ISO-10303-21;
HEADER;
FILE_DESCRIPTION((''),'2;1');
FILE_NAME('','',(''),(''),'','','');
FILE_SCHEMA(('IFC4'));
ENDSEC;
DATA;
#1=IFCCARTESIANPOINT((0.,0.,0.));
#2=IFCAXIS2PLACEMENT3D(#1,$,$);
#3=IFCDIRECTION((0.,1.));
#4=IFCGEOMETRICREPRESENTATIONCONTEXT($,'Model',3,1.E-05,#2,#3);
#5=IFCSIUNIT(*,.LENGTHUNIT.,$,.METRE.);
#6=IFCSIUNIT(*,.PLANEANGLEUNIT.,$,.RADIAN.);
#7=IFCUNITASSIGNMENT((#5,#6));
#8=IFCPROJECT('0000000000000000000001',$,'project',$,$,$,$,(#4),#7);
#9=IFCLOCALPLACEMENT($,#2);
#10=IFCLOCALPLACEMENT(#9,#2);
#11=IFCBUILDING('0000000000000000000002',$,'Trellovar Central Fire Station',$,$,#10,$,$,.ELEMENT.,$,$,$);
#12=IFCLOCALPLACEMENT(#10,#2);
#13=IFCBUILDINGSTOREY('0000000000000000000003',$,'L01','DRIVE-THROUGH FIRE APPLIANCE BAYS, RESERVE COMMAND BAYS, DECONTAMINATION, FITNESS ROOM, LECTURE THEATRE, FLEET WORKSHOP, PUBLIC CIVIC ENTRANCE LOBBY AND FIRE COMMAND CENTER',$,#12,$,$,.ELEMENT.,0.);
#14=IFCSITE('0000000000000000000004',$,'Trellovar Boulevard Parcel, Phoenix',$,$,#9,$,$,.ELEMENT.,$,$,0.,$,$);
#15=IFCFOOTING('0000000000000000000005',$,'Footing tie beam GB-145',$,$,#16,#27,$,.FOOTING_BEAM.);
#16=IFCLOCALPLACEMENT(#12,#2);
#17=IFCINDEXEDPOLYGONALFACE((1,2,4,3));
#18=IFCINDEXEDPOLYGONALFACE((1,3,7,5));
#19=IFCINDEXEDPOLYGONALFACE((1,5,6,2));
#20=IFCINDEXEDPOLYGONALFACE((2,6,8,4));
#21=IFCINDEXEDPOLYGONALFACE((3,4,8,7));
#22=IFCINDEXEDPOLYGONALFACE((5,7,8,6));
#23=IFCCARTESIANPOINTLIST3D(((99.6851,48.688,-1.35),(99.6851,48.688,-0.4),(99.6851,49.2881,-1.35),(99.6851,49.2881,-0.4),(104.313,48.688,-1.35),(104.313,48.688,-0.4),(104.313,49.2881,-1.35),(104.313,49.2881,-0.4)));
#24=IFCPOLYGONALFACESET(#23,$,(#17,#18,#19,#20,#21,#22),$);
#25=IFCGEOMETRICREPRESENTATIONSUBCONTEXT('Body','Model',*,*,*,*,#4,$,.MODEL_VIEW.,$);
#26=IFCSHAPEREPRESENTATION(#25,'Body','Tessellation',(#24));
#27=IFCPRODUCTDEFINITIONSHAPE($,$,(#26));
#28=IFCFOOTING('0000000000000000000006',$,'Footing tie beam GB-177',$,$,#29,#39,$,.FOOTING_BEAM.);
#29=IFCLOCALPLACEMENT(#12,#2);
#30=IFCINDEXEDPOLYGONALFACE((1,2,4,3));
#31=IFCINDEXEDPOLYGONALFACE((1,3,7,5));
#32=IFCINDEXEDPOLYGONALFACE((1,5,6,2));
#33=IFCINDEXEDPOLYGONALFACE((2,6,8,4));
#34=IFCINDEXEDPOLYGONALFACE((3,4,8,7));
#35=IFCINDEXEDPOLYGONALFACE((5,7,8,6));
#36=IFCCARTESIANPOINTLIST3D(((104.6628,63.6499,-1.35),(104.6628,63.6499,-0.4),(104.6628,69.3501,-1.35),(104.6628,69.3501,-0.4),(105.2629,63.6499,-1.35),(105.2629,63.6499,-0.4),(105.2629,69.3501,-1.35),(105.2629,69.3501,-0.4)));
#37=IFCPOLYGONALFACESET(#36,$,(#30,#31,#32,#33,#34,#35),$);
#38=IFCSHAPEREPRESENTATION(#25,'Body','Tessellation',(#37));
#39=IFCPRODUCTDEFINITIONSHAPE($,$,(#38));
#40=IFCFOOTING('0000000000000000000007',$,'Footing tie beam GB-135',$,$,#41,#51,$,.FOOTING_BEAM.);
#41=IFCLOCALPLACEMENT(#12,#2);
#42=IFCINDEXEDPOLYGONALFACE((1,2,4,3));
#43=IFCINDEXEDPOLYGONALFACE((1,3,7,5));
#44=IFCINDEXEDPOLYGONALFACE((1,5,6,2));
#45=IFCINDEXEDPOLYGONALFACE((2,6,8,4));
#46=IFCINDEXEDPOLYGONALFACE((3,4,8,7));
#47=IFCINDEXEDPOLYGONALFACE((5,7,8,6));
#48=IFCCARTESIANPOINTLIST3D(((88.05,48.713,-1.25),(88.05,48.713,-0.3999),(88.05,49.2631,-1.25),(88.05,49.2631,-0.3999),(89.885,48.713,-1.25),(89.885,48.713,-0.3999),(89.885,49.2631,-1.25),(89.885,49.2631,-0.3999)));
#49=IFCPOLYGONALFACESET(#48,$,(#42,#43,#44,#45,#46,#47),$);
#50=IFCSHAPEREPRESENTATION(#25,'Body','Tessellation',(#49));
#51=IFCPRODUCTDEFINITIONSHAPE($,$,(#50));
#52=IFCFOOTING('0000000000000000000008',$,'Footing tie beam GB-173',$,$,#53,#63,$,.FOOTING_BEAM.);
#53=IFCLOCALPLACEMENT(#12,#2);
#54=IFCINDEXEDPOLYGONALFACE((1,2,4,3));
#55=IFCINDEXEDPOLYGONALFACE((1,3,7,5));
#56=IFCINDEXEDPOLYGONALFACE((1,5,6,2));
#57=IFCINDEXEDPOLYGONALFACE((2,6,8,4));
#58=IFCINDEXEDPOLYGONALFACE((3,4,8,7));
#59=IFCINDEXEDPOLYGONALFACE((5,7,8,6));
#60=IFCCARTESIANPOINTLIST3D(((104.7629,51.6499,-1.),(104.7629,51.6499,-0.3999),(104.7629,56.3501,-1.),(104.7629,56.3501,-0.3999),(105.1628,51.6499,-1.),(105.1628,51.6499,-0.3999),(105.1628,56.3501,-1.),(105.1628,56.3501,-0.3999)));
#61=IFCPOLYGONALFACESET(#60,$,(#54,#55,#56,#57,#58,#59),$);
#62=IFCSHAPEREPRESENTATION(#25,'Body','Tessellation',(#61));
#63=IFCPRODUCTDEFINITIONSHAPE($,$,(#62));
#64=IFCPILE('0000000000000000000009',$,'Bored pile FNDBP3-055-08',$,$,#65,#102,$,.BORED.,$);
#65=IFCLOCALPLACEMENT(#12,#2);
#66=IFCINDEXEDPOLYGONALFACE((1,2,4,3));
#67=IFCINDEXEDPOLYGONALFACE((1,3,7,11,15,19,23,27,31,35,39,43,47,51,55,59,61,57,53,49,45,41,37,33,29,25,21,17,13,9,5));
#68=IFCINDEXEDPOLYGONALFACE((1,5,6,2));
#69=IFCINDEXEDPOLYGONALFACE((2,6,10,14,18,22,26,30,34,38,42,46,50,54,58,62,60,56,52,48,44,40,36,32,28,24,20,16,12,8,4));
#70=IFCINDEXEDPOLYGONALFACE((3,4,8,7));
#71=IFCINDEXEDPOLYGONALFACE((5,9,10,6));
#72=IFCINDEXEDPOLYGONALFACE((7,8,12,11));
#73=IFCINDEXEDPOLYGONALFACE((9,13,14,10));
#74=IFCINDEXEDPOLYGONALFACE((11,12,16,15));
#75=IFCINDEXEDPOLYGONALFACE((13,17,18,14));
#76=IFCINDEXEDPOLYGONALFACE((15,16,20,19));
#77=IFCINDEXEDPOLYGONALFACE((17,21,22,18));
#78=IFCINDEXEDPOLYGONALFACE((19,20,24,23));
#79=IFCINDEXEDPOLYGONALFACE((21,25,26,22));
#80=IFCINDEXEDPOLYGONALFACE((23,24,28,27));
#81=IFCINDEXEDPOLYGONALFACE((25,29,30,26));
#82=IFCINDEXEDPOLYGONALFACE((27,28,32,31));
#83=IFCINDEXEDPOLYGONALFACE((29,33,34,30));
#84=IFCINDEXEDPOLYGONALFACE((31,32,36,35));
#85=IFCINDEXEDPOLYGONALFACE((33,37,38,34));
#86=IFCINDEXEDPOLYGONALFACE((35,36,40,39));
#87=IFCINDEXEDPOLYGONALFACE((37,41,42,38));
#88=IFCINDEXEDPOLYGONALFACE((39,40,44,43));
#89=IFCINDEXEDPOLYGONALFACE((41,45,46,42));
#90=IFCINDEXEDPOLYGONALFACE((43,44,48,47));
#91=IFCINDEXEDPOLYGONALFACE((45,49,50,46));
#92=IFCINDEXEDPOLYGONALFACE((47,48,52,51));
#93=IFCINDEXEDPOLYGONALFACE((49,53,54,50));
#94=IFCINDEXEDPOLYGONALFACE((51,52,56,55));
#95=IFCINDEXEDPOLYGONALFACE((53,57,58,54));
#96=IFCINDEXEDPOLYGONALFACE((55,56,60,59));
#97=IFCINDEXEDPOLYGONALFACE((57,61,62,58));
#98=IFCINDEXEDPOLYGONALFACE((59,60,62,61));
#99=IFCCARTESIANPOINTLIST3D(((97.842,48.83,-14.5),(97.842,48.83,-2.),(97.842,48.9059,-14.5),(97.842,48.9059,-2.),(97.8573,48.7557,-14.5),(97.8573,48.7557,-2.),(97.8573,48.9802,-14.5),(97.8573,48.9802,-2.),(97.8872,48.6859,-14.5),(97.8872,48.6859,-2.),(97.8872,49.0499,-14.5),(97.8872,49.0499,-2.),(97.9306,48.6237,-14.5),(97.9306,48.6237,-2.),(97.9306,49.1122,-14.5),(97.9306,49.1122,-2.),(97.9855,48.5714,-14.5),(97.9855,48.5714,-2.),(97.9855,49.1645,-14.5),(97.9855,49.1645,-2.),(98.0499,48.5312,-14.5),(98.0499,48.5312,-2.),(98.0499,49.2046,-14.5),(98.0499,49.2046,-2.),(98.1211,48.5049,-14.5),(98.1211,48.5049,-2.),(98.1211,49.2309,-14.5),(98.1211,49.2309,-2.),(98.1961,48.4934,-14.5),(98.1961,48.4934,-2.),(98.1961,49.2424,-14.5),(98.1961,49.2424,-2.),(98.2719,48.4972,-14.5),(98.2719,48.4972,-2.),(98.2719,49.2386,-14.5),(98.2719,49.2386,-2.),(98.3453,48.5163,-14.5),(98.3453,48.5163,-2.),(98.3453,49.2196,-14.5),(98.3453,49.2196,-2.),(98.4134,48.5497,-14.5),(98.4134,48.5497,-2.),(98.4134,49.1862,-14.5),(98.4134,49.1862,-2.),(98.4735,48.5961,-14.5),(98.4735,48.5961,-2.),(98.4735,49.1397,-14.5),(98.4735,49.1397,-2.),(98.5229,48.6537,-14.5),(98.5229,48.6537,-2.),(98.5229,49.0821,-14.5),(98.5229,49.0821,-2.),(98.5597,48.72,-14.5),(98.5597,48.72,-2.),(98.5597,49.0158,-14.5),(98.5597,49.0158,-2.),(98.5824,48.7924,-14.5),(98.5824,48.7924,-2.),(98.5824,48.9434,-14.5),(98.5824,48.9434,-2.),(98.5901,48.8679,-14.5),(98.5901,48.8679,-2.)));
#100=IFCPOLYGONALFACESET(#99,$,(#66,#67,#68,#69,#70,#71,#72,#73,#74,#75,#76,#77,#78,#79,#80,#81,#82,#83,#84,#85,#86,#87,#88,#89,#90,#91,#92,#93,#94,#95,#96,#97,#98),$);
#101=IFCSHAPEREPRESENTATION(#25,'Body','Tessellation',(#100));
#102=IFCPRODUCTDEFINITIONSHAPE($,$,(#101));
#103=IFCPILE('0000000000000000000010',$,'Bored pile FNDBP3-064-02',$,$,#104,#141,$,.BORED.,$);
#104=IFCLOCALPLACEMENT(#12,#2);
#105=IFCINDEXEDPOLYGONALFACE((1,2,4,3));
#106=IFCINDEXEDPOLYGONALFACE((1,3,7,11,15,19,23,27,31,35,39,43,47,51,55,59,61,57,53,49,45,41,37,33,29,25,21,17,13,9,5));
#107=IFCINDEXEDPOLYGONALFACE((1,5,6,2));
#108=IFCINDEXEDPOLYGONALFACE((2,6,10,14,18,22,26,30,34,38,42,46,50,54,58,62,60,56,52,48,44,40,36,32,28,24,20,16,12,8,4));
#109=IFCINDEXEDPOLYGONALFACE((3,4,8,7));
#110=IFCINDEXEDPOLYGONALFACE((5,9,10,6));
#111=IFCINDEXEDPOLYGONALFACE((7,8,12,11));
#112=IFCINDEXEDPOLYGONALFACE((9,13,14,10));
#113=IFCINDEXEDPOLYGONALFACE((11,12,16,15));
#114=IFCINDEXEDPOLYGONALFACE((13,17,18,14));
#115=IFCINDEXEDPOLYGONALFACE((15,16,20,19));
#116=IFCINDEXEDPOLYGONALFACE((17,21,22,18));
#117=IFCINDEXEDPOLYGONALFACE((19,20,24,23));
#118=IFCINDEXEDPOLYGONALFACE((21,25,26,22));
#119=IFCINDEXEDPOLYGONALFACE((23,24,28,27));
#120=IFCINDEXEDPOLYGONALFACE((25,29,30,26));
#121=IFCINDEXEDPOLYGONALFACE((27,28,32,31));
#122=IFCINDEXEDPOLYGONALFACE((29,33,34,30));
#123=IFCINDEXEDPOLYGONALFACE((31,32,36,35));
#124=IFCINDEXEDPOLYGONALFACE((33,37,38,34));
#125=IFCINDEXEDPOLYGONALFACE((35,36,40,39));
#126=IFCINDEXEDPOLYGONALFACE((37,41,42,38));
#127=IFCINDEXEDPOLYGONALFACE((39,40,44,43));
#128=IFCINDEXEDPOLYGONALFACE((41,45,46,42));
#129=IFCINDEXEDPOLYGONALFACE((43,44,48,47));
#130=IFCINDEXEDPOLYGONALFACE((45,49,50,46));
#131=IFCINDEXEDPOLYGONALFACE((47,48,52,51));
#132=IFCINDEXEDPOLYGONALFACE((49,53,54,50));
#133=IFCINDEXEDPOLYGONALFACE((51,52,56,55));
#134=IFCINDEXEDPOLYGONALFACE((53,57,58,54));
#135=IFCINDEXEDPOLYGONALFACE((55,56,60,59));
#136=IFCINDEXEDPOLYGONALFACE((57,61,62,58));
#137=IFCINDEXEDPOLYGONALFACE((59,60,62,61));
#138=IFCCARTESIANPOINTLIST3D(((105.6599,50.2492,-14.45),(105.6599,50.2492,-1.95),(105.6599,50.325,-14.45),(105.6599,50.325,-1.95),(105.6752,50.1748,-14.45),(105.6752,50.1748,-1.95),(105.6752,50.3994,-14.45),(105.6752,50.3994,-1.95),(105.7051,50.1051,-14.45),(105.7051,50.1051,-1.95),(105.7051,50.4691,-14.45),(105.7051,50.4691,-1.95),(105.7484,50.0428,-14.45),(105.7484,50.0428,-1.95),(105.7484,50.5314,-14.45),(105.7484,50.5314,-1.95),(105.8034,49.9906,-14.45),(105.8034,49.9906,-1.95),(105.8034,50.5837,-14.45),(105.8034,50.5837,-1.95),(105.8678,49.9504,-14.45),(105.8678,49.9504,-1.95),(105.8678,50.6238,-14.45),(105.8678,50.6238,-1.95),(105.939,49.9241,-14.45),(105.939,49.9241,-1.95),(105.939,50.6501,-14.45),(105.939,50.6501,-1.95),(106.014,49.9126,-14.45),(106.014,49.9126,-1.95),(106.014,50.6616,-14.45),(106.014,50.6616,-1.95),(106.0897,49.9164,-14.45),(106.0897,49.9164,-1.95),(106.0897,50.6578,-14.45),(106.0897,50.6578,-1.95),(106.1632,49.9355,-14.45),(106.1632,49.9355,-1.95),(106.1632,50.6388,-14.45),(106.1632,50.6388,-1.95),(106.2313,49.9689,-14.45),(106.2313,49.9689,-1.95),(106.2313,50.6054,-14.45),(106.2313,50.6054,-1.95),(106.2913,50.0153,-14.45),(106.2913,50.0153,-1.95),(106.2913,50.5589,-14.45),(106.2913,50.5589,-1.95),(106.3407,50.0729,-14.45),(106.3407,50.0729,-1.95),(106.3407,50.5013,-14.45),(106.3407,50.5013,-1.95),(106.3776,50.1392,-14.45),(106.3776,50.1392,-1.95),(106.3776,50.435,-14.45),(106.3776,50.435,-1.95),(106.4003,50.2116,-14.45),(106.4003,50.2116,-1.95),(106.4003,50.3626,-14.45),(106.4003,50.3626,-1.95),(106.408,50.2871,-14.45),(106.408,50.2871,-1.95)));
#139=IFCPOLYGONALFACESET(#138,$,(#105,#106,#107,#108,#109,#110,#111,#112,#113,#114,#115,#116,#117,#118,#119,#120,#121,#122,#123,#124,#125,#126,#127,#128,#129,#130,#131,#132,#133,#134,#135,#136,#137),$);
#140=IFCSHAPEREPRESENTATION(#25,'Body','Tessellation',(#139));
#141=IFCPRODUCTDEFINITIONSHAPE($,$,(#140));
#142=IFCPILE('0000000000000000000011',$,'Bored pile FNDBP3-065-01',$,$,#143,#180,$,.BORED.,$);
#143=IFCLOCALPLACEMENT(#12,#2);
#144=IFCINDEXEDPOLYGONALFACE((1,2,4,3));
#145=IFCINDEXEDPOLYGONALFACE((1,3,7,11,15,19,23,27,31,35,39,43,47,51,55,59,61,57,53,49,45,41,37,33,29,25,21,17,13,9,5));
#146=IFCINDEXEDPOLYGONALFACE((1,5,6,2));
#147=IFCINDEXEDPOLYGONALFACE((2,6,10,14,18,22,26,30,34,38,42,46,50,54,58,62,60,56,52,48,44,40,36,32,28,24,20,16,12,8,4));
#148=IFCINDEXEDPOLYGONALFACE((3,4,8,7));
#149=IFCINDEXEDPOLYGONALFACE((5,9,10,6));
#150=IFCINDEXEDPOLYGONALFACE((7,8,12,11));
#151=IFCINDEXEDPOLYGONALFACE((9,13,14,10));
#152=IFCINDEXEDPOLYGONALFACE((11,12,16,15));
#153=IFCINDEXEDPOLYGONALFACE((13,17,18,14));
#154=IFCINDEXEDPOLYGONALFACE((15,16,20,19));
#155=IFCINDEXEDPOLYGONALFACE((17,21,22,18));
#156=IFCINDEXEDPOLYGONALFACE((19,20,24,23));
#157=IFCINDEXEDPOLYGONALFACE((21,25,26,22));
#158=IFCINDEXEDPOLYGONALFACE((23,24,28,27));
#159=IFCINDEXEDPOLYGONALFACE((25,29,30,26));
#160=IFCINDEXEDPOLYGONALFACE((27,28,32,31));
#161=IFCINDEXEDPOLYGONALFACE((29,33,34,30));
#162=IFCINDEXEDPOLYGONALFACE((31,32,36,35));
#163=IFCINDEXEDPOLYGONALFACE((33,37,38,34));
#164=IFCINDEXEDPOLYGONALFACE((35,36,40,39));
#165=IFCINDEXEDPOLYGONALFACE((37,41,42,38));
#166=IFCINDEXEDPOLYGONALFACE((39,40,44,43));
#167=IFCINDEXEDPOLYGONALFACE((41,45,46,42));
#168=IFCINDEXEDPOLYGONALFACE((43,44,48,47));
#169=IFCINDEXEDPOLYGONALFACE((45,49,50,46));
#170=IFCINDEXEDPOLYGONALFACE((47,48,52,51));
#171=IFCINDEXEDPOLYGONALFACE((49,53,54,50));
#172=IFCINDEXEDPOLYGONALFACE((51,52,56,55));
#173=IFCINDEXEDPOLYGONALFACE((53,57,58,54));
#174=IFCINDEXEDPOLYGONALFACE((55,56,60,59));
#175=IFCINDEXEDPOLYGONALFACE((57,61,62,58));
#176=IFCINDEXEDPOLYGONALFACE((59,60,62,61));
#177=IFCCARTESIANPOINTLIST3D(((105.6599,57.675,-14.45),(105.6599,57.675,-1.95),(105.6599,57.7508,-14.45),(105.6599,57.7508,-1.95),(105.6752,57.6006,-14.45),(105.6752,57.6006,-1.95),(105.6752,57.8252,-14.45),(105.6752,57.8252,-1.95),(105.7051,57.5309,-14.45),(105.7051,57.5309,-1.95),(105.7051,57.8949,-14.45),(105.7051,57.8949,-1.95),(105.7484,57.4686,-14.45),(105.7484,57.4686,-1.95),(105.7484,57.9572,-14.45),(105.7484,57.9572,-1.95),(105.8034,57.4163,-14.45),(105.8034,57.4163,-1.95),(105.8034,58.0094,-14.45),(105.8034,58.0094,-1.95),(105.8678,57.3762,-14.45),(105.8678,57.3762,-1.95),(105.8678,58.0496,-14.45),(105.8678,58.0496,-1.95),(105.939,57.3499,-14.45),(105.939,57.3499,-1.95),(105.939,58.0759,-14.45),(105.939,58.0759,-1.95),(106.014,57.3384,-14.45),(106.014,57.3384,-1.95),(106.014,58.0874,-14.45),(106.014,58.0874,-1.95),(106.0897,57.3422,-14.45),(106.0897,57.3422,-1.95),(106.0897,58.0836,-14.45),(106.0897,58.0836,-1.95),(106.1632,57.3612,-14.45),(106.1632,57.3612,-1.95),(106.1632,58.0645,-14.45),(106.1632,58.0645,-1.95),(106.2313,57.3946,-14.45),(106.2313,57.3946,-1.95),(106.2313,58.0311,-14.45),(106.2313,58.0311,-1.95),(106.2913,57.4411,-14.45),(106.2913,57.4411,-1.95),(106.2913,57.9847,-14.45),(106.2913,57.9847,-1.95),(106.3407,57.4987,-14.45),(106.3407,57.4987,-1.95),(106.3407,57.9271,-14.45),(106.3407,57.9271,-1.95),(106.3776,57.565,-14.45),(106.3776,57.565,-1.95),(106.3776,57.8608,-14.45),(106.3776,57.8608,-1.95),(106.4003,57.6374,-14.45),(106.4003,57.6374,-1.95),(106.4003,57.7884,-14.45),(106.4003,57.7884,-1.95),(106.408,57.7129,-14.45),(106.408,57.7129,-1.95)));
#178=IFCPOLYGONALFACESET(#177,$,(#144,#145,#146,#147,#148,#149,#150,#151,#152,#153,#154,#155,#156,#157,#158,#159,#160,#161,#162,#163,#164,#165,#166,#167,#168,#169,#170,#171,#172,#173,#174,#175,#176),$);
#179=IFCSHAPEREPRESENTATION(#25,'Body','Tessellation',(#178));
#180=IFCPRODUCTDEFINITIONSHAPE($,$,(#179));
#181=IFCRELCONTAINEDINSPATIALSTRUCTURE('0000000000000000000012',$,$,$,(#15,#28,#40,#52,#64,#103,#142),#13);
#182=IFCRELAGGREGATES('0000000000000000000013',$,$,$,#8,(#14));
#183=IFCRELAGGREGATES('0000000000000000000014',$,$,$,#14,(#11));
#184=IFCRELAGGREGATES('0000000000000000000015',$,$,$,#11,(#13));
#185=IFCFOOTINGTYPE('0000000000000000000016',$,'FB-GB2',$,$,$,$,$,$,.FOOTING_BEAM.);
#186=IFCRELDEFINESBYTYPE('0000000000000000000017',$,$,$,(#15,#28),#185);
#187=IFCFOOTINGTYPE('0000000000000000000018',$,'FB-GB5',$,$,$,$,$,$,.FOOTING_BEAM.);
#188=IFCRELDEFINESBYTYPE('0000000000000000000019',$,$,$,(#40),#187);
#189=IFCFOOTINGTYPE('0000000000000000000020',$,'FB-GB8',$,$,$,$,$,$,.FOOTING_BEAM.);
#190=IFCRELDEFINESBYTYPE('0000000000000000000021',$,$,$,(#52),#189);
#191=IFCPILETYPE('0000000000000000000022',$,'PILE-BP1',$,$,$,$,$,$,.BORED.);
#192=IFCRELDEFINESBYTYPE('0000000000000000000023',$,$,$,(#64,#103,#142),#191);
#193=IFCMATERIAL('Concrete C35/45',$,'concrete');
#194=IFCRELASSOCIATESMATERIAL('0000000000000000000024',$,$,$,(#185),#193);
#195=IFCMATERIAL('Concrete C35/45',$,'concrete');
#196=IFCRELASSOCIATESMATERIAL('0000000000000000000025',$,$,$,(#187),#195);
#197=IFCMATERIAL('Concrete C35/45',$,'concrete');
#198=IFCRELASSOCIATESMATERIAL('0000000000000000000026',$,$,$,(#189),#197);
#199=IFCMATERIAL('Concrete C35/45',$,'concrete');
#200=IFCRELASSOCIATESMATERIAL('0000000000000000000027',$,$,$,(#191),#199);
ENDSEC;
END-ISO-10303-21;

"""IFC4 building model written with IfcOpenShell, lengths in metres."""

from ifc_helpers import new_model, si_unit, direction, frame, origin, origin_2d, place, context, subcontext, project, spatial, rectangle, circle, extrude, material, material_profile, profile_set, type_object, element, save


model = new_model("IFC4")

# Units and contexts
model_context = context("Model", 3, precision=1e-05, world=origin(), true_north=direction((0.0, 1.0)))
body_context = subcontext(model_context, "Body", "Model", "MODEL_VIEW")
ifc_project = project(units=[si_unit("LENGTHUNIT", "METRE"), si_unit("PLANEANGLEUNIT", "RADIAN")], contexts=[model_context])

# Site, building, storey
site_placement = place(None, origin())
site = spatial("IfcSite", under=ifc_project, at=site_placement, Name="Trellovar Boulevard Parcel, Phoenix", CompositionType="ELEMENT", RefElevation=0.0)
building_placement = place(site_placement, origin())
building = spatial("IfcBuilding", under=site, at=building_placement, Name="Trellovar Central Fire Station", CompositionType="ELEMENT")
storey_placement = place(building_placement, origin())
storey = spatial("IfcBuildingStorey", under=building, at=storey_placement, Name="L01", Description="DRIVE-THROUGH FIRE APPLIANCE BAYS, RESERVE COMMAND BAYS, DECONTAMINATION, FITNESS ROOM, LECTURE THEATRE, FLEET WORKSHOP, PUBLIC CIVIC ENTRANCE LOBBY AND FIRE COMMAND CENTER", CompositionType="ELEMENT", Elevation=0.0)

# Footings
ifc_material_1 = material(Name="Concrete C35/45", Category="concrete")
ifc_material_profile_1 = material_profile(ifc_material_1, rectangle(XDim=0.6001, YDim=0.95, at=origin_2d()), Name="RC600X950")
ifc_profile_set_1 = profile_set([ifc_material_profile_1], Name="Concrete C35/45")
footing_type_1 = type_object("IfcFootingType", Name="FB-GB2", PredefinedType="FOOTING_BEAM", material=ifc_profile_set_1)
footing_1_placement = place(storey_placement, frame((99.6851, 48.988, -0.875), z_axis=(1.0, 0.0, 0.0), x_axis=(0.0, 1.0, 0.0)))
element("IfcFooting", 1, at=footing_1_placement, inside=storey, type_object=footing_type_1, Name="Footing tie beam GB-145", PredefinedType="FOOTING_BEAM", context=body_context, shape_type="SweptSolid", body=[
    extrude(rectangle(XDim=0.6001, YDim=0.95, at=origin_2d()), origin(), (0.0, 0.0, 1.0), 4.6279),
])
footing_2_placement = place(storey_placement, frame((104.9629, 63.6499, -0.875), z_axis=(0.0, 1.0, 0.0), x_axis=(-1.0, 0.0, 0.0)))
element("IfcFooting", 2, at=footing_2_placement, inside=storey, type_object=footing_type_1, Name="Footing tie beam GB-177", PredefinedType="FOOTING_BEAM", context=body_context, shape_type="SweptSolid", body=[
    extrude(rectangle(XDim=0.6001, YDim=0.95, at=origin_2d()), origin(), (0.0, 0.0, 1.0), 5.7002),
])
ifc_material_2 = material(Name="Concrete C35/45", Category="concrete")
ifc_material_profile_2 = material_profile(ifc_material_2, rectangle(XDim=0.55, YDim=0.8501, at=origin_2d()), Name="RC550X850")
ifc_profile_set_2 = profile_set([ifc_material_profile_2], Name="Concrete C35/45")
footing_type_2 = type_object("IfcFootingType", Name="FB-GB5", PredefinedType="FOOTING_BEAM", material=ifc_profile_set_2)
footing_3_placement = place(storey_placement, frame((88.05, 48.988, -0.825), z_axis=(1.0, 0.0, 0.0), x_axis=(0.0, 1.0, 0.0)))
element("IfcFooting", 3, at=footing_3_placement, inside=storey, type_object=footing_type_2, Name="Footing tie beam GB-135", PredefinedType="FOOTING_BEAM", context=body_context, shape_type="SweptSolid", body=[
    extrude(rectangle(XDim=0.55, YDim=0.8501, at=origin_2d()), origin(), (0.0, 0.0, 1.0), 1.835),
])
ifc_material_3 = material(Name="Concrete C35/45", Category="concrete")
ifc_material_profile_3 = material_profile(ifc_material_3, rectangle(XDim=0.3999, YDim=0.6001, at=origin_2d()), Name="RC400X600")
ifc_profile_set_3 = profile_set([ifc_material_profile_3], Name="Concrete C35/45")
footing_type_3 = type_object("IfcFootingType", Name="FB-GB8", PredefinedType="FOOTING_BEAM", material=ifc_profile_set_3)
footing_4_placement = place(storey_placement, frame((104.9629, 51.6499, -0.7), z_axis=(0.0, 1.0, 0.0), x_axis=(-1.0, 0.0, 0.0)))
element("IfcFooting", 4, at=footing_4_placement, inside=storey, type_object=footing_type_3, Name="Footing tie beam GB-173", PredefinedType="FOOTING_BEAM", context=body_context, shape_type="SweptSolid", body=[
    extrude(rectangle(XDim=0.3999, YDim=0.6001, at=origin_2d()), origin(), (0.0, 0.0, 1.0), 4.7002),
])

# Piles
ifc_material_4 = material(Name="Concrete C35/45", Category="concrete")
ifc_material_profile_4 = material_profile(ifc_material_4, circle(Radius=0.375, at=origin_2d()), Name="PILE750")
ifc_profile_set_4 = profile_set([ifc_material_profile_4], Name="Concrete C35/45")
pile_type = type_object("IfcPileType", Name="PILE-BP1", PredefinedType="BORED", material=ifc_profile_set_4)
for number, where, z_axis, x_axis, name in (
    (5, (98.2151, 48.8679, -2.0), (0.0, 0.0, -1.0), (1.0, 0.0, 0.0), "Bored pile FNDBP3-055-08"),
    (6, (106.033, 50.2871, -1.95), (0.0, 0.0, -1.0), (1.0, 0.0, 0.0), "Bored pile FNDBP3-064-02"),
    (7, (106.033, 57.7129, -1.95), (0.0, 0.0, -1.0), (1.0, 0.0, 0.0), "Bored pile FNDBP3-065-01"),
):
    element("IfcPile", number, at=place(storey_placement, frame(where, z_axis=z_axis, x_axis=x_axis)), inside=storey, type_object=pile_type, Name=name, PredefinedType="BORED", context=body_context, shape_type="SweptSolid", body=[
        extrude(circle(Radius=0.375, at=origin_2d()), origin(), (0.0, 0.0, 1.0), 12.5),
    ])

save(model, "model.ifc")
